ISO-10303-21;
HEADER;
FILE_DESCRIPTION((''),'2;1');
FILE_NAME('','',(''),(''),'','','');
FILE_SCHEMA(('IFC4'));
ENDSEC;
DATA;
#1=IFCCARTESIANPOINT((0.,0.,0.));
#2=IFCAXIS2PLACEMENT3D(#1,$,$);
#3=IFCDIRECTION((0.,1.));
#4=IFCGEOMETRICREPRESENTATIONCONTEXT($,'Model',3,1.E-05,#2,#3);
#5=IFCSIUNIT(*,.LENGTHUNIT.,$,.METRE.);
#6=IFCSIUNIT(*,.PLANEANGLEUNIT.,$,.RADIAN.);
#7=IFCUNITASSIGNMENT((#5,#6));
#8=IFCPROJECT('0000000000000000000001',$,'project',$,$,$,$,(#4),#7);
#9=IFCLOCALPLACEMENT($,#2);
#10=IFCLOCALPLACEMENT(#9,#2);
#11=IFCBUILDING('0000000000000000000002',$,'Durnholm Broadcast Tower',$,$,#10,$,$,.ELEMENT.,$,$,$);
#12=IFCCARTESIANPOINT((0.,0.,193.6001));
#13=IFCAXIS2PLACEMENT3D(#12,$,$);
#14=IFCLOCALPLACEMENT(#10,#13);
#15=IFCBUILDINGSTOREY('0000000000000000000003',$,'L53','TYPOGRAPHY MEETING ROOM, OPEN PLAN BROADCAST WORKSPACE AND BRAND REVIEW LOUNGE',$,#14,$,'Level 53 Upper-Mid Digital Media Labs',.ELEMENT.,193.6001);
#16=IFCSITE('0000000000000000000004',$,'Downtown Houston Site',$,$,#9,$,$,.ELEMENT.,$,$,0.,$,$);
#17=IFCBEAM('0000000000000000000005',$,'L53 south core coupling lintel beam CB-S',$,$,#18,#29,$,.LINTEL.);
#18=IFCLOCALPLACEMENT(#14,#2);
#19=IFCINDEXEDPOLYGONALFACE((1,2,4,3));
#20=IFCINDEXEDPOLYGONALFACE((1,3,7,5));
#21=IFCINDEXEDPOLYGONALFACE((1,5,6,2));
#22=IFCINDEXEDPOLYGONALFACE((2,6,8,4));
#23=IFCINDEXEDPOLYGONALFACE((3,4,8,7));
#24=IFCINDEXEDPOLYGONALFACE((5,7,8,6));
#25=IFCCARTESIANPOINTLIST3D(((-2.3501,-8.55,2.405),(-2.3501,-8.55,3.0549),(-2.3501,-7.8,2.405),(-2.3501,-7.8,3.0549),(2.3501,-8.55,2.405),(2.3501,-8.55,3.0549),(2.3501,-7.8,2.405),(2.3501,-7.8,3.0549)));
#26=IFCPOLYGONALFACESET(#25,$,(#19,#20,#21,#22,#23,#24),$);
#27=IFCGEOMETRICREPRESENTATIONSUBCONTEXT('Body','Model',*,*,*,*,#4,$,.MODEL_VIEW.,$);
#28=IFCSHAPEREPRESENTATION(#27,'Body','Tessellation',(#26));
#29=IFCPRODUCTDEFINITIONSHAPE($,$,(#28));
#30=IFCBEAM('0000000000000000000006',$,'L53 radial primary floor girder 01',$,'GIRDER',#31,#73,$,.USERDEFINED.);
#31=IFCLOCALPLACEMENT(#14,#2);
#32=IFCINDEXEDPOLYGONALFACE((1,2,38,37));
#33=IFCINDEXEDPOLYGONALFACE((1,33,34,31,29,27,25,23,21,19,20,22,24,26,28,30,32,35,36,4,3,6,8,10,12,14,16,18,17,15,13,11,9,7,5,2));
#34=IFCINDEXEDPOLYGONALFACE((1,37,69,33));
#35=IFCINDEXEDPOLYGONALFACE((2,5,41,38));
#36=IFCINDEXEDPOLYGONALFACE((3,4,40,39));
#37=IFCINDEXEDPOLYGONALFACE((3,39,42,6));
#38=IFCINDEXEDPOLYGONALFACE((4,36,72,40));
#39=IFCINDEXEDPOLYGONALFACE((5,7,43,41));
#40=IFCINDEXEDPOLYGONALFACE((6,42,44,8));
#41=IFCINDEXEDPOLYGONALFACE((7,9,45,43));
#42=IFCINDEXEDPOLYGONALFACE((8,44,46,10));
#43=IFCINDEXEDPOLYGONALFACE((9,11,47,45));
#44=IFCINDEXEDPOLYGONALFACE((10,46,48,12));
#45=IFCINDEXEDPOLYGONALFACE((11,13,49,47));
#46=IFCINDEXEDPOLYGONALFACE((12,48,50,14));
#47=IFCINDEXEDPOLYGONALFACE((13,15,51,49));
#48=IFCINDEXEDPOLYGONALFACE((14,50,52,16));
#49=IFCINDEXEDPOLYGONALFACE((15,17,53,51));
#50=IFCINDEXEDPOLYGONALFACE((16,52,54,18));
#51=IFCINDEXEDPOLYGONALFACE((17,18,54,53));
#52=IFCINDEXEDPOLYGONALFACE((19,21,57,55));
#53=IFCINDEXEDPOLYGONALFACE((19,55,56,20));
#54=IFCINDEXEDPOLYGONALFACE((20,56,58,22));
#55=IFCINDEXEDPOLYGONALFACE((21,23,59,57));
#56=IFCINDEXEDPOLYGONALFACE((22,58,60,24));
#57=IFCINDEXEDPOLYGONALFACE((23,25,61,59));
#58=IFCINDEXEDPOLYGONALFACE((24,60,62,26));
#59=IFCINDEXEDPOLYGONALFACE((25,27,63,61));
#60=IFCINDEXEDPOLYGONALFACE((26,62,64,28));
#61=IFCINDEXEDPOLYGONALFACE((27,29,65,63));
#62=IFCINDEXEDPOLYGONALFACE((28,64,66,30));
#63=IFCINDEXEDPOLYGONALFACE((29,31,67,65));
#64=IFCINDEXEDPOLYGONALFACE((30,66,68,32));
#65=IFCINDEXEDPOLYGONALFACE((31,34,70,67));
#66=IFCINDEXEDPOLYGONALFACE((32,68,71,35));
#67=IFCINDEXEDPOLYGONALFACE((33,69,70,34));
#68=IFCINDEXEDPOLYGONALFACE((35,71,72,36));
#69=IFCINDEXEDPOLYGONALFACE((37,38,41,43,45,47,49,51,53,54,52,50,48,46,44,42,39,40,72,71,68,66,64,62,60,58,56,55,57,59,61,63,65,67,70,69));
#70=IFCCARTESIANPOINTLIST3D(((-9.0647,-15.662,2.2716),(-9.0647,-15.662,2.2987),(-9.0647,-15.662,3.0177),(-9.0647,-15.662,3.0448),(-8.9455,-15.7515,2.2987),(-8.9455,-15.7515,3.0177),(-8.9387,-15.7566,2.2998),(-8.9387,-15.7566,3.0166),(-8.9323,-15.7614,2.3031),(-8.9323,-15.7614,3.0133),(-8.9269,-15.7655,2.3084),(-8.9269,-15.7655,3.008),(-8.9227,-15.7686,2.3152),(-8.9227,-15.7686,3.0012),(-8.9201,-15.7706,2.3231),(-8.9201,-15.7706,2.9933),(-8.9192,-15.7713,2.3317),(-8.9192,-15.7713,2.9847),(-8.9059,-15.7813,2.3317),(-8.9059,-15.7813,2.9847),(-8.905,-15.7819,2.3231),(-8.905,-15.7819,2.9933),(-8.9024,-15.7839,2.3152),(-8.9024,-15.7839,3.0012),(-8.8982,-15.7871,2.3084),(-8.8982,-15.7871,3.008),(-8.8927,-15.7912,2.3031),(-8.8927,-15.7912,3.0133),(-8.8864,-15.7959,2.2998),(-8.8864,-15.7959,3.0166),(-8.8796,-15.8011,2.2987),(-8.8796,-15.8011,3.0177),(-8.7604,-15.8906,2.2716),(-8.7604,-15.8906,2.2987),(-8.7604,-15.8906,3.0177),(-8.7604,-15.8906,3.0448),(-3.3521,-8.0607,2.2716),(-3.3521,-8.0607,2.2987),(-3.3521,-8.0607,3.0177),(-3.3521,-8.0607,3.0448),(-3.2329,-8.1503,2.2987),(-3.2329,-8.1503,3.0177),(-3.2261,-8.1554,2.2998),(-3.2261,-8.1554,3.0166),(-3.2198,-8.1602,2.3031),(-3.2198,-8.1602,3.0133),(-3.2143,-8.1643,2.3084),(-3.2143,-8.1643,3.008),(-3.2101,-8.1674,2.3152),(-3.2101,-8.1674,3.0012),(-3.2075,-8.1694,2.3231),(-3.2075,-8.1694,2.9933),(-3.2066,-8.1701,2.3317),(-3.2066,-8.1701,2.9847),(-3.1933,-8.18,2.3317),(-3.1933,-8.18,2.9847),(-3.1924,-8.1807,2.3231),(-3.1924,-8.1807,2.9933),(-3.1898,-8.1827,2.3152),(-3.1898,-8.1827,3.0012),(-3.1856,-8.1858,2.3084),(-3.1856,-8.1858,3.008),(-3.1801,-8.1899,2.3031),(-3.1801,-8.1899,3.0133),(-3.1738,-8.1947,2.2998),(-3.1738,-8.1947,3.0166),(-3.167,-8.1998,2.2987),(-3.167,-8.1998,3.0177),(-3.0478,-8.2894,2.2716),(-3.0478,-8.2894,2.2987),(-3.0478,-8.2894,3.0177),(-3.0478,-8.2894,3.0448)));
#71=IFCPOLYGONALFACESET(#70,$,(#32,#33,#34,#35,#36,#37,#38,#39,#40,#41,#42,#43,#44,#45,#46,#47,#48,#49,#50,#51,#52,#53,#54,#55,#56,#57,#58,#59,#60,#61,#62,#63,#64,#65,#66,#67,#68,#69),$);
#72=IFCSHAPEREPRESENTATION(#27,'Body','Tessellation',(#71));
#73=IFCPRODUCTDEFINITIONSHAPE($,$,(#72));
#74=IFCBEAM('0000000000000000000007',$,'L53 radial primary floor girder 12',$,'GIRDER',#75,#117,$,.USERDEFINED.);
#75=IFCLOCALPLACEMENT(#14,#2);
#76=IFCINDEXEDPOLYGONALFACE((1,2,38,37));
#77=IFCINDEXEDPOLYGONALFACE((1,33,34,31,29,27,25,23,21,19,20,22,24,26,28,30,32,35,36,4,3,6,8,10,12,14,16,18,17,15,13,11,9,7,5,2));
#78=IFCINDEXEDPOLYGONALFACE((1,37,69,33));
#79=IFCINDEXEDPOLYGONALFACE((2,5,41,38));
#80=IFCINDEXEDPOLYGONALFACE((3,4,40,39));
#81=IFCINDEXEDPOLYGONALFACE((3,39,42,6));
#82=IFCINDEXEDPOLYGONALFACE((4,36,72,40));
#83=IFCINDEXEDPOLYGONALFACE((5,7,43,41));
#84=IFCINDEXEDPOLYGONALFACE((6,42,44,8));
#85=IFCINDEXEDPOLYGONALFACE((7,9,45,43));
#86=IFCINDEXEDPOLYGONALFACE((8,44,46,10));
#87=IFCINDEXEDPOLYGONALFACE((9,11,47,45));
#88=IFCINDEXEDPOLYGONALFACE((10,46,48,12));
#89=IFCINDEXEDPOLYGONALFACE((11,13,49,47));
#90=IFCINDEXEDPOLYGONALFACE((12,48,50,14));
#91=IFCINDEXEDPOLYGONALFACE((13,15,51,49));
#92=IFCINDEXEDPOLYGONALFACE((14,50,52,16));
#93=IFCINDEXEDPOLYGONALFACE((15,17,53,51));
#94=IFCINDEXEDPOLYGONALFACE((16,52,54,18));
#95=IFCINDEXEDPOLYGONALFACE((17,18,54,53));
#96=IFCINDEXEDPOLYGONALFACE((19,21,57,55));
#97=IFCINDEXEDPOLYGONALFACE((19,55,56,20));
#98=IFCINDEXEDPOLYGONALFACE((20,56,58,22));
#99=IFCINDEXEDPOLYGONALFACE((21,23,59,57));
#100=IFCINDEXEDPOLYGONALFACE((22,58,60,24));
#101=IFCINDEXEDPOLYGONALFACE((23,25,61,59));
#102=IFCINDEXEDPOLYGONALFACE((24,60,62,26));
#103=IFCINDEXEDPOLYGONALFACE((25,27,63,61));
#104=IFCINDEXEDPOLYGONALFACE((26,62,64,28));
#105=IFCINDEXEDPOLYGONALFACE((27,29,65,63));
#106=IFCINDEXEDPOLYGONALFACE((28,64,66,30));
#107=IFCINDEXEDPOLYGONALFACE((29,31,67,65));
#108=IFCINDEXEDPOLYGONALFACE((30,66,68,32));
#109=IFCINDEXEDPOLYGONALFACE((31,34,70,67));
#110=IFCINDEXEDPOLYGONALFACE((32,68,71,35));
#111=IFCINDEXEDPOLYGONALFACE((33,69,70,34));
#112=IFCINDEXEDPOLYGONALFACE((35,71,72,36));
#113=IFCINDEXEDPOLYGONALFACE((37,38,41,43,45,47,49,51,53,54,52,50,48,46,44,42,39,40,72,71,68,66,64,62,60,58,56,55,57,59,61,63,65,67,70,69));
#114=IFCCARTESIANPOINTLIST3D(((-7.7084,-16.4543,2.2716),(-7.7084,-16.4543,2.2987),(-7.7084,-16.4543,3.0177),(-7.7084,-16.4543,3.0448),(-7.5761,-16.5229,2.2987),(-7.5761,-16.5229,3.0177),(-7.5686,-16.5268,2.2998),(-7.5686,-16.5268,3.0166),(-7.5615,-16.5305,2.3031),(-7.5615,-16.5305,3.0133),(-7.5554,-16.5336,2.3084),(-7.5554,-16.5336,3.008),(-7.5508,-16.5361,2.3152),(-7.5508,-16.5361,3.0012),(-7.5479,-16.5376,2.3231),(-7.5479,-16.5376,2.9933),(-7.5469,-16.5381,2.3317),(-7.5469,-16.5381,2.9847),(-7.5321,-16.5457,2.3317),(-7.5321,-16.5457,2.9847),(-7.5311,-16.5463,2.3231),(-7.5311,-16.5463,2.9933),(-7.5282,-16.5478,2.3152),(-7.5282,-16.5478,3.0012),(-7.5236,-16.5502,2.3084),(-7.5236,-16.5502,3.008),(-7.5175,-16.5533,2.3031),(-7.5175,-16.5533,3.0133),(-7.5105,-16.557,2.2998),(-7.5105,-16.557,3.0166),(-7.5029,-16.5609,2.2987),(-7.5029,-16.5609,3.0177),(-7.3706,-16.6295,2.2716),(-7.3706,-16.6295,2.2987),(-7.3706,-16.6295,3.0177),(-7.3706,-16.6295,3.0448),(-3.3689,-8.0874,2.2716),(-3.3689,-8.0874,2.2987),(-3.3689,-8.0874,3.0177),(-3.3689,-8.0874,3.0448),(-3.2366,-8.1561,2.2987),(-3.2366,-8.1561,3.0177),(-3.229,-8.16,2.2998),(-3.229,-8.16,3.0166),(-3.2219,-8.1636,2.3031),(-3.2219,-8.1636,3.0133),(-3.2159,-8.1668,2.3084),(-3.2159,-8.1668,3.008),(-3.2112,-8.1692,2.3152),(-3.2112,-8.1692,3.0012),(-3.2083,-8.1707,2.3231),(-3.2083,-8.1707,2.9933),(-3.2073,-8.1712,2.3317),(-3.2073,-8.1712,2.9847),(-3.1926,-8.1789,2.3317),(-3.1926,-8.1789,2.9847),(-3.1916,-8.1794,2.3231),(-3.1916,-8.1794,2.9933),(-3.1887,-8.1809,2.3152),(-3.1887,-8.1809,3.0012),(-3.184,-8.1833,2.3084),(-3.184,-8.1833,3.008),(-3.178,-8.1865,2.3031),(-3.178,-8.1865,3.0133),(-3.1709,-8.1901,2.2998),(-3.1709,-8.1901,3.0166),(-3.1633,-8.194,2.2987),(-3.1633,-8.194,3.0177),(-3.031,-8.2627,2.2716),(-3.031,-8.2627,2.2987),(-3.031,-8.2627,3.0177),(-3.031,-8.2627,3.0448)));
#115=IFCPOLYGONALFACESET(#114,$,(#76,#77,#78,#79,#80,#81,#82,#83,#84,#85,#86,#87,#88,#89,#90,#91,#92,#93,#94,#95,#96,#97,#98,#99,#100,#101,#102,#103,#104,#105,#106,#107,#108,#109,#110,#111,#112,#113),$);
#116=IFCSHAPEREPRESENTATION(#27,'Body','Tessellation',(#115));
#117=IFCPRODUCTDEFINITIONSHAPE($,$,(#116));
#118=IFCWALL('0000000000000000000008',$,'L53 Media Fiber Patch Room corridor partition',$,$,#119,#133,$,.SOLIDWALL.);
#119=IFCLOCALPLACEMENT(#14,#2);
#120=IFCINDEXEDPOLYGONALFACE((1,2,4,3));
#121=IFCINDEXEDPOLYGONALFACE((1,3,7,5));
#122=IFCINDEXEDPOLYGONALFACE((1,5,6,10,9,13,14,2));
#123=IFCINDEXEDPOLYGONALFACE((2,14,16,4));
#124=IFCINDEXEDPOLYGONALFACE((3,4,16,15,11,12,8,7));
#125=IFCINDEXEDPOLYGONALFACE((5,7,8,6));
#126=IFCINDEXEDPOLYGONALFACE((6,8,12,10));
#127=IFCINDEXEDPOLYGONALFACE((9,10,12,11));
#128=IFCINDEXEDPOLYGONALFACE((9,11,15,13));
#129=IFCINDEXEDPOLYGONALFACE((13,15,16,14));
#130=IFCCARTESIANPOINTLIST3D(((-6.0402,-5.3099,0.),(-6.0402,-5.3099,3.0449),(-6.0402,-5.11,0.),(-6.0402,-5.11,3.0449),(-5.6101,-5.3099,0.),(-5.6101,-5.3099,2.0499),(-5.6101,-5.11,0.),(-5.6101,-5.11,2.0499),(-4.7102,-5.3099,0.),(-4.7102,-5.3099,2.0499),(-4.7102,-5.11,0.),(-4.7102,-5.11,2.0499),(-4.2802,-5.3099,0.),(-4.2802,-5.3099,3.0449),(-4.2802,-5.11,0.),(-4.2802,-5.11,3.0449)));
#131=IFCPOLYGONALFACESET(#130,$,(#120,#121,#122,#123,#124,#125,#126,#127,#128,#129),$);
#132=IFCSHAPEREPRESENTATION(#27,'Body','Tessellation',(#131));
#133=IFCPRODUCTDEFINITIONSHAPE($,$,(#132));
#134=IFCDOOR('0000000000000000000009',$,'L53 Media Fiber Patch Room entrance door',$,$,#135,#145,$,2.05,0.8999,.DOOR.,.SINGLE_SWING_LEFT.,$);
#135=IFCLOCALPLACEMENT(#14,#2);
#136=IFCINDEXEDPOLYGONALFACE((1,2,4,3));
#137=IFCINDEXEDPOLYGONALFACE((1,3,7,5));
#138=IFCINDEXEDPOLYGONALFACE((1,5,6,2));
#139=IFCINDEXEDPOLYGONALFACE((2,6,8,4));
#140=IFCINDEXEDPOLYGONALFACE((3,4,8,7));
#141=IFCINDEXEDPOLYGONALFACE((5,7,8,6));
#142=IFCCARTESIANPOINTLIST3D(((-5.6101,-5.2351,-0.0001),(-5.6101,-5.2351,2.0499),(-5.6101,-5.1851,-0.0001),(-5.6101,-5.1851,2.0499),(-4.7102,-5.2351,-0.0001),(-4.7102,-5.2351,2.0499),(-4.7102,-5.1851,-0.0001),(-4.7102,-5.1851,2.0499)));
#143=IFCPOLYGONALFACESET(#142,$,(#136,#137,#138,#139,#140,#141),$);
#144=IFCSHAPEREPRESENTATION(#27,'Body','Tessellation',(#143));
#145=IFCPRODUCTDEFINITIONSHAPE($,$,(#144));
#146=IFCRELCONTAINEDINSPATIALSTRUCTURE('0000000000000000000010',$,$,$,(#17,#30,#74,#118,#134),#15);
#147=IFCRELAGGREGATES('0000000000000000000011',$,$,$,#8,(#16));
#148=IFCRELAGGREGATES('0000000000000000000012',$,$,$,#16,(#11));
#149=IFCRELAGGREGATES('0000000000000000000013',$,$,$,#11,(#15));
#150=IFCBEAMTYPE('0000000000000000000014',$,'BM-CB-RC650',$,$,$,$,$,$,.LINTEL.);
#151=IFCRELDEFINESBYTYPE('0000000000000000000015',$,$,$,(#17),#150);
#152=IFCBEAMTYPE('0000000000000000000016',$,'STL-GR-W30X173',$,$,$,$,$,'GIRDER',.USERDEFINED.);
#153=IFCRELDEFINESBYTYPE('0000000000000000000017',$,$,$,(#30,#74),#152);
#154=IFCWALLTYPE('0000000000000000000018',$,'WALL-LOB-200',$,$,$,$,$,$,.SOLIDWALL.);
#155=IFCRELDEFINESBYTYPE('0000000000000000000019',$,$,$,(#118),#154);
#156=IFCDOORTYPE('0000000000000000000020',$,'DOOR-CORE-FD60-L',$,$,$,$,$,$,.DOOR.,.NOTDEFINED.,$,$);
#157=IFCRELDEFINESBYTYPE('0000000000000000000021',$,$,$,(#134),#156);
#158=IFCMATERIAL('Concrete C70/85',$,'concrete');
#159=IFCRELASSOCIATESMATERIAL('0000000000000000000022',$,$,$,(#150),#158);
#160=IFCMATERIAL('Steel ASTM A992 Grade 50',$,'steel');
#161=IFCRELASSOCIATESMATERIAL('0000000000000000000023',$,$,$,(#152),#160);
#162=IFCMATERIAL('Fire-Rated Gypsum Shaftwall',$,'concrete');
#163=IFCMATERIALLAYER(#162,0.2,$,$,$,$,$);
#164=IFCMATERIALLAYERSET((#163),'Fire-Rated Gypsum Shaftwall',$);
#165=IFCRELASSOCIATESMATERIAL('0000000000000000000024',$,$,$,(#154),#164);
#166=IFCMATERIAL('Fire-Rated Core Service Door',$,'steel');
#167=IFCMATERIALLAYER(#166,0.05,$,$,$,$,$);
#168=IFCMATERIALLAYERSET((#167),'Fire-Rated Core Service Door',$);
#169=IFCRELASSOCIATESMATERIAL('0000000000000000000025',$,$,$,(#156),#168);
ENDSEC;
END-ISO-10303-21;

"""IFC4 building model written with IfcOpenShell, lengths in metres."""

from ifc_helpers import new_model, si_unit, direction, frame, frame_2d, origin, origin_2d, place, context, subcontext, project, spatial, rectangle, i_section, extrude, source, transform, mapped, material, layer, layer_set, material_profile, profile_set, type_object, type_shapes, element, fill, save


model = new_model("IFC4")

# Units and contexts
model_context = context("Model", 3, precision=1e-05, world=origin(), true_north=direction((0.0, 1.0)))
body_context = subcontext(model_context, "Body", "Model", "MODEL_VIEW")
ifc_project = project(units=[si_unit("LENGTHUNIT", "METRE"), si_unit("PLANEANGLEUNIT", "RADIAN")], contexts=[model_context])

# Site, building, storey
site_placement = place(None, origin())
site = spatial("IfcSite", under=ifc_project, at=site_placement, Name="Downtown Houston Site", CompositionType="ELEMENT", RefElevation=0.0)
building_placement = place(site_placement, origin())
building = spatial("IfcBuilding", under=site, at=building_placement, Name="Durnholm Broadcast Tower", CompositionType="ELEMENT")
storey_placement = place(building_placement, frame((0.0, 0.0, 193.6001)))
storey = spatial("IfcBuildingStorey", under=building, at=storey_placement, Name="L53", Description="TYPOGRAPHY MEETING ROOM, OPEN PLAN BROADCAST WORKSPACE AND BRAND REVIEW LOUNGE", LongName="Level 53 Upper-Mid Digital Media Labs", CompositionType="ELEMENT", Elevation=193.6001)

# Beams
ifc_material_1 = material(Name="Concrete C70/85", Category="concrete")
ifc_material_profile_1 = material_profile(ifc_material_1, rectangle(XDim=0.75, YDim=0.6499, at=origin_2d()), Name="RC750X650")
ifc_profile_set_1 = profile_set([ifc_material_profile_1], Name="Concrete C70/85")
beam_type_1 = type_object("IfcBeamType", Name="BM-CB-RC650", PredefinedType="LINTEL", material=ifc_profile_set_1)
shared_shape_1 = source(origin(), body_context, "Body", "SweptSolid", [
    extrude(rectangle(XDim=0.75, YDim=0.6499, at=origin_2d()), origin(), (0.0, 0.0, 1.0), 4.7002),
])
type_shapes(beam_type_1, [shared_shape_1])
beam_1_placement = place(storey_placement, frame((-2.3501, -8.175, 2.73), z_axis=(1.0, 0.0, 0.0), x_axis=(0.0, 1.0, 0.0)))
element("IfcBeam", 1, at=beam_1_placement, inside=storey, type_object=beam_type_1, Name="L53 south core coupling lintel beam CB-S", PredefinedType="LINTEL", context=body_context, shape_type="MappedRepresentation", body=[
    mapped(shared_shape_1, transform((0.0, 0.0, 0.0), x_axis=(1.0, 0.0, 0.0), y_axis=(0.0, 1.0, 0.0), z_axis=(0.0, 0.0, 1.0), scale=1.0)),
])
ifc_material_2 = material(Name="Steel ASTM A992 Grade 50", Category="steel")
ifc_material_profile_2 = material_profile(ifc_material_2, i_section(OverallWidth=0.3806, OverallDepth=0.7732, WebThickness=0.0166, FlangeThickness=0.0271, FilletRadius=0.033, at=origin_2d()), Name="W30X173")
ifc_profile_set_2 = profile_set([ifc_material_profile_2], Name="Steel ASTM A992 Grade 50")
beam_type_2 = type_object("IfcBeamType", Name="STL-GR-W30X173", ElementType="GIRDER", PredefinedType="USERDEFINED", material=ifc_profile_set_2)
shared_shape_2 = source(origin(), body_context, "Body", "SweptSolid", [
    extrude(i_section(OverallWidth=0.3806, OverallDepth=0.7732, WebThickness=0.0166, FlangeThickness=0.0271, FilletRadius=0.033, at=origin_2d()), origin(), (0.0, 0.0, 1.0), 9.5085),
])
beam_2_placement = place(storey_placement, frame((-3.2, -8.175, 2.6582), z_axis=(-0.600784, -0.799411, 0.0), x_axis=(0.799411, -0.600784, 0.0)))
element("IfcBeam", 2, at=beam_2_placement, inside=storey, type_object=beam_type_2, Name="L53 radial primary floor girder 01", ObjectType="GIRDER", PredefinedType="USERDEFINED", context=body_context, shape_type="MappedRepresentation", body=[
    mapped(shared_shape_2, transform((0.0, 0.0, 0.0), x_axis=(1.0, 0.0, 0.0), y_axis=(0.0, 1.0, 0.0), z_axis=(0.0, 0.0, 1.0), scale=1.0)),
])
shared_shape_3 = source(origin(), body_context, "Body", "SweptSolid", [
    extrude(i_section(OverallWidth=0.3806, OverallDepth=0.7732, WebThickness=0.0166, FlangeThickness=0.0271, FilletRadius=0.033, at=origin_2d()), origin(), (0.0, 0.0, 1.0), 9.4253),
])
type_shapes(beam_type_2, [shared_shape_2, shared_shape_3])
beam_3_placement = place(storey_placement, frame((-3.2, -8.175, 2.6582), z_axis=(-0.460416, -0.887703, 0.0), x_axis=(0.887703, -0.460416, 0.0)))
element("IfcBeam", 3, at=beam_3_placement, inside=storey, type_object=beam_type_2, Name="L53 radial primary floor girder 12", ObjectType="GIRDER", PredefinedType="USERDEFINED", context=body_context, shape_type="MappedRepresentation", body=[
    mapped(shared_shape_3, transform((0.0, 0.0, 0.0), x_axis=(1.0, 0.0, 0.0), y_axis=(0.0, 1.0, 0.0), z_axis=(0.0, 0.0, 1.0), scale=1.0)),
])

# Wall, opening, door
ifc_material_3 = material(Name="Fire-Rated Gypsum Shaftwall", Category="concrete")
ifc_layer_1 = layer(ifc_material_3, 0.2)
ifc_layer_set_1 = layer_set([ifc_layer_1], Name="Fire-Rated Gypsum Shaftwall")
wall_type_1 = type_object("IfcWallType", Name="WALL-LOB-200", PredefinedType="SOLIDWALL", material=ifc_layer_set_1)
wall_1_placement = place(storey_placement, frame((-6.04, -5.21, 0.0), z_axis=(0.0, 0.0, 1.0), x_axis=(1.0, 0.0, 0.0)))
wall_1 = element("IfcWall", 4, at=wall_1_placement, inside=storey, type_object=wall_type_1, Name="L53 Media Fiber Patch Room corridor partition", PredefinedType="SOLIDWALL", context=body_context, shape_type="SweptSolid", body=[
    extrude(rectangle(XDim=1.76, YDim=0.2, at=frame_2d((0.8799, 0.0))), origin(), (0.0, 0.0, 1.0), 3.0449),
])
opening_1_placement = place(wall_1_placement, frame((0.4299, 0.0, 0.0)))
opening_1 = element("IfcOpeningElement", 5, at=opening_1_placement, cuts=wall_1, PredefinedType="OPENING", context=body_context, shape_type="SweptSolid", body=[
    extrude(rectangle(XDim=0.8999, YDim=2.05, at=frame_2d((0.45, 1.0249))), frame((0.0, 0.1099, 0.0), z_axis=(0.0, -1.0, 0.0), x_axis=(1.0, 0.0, 0.0)), (0.0, 0.0, 1.0), 0.22),
])
ifc_material_4 = material(Name="Fire-Rated Core Service Door", Category="steel")
ifc_layer_2 = layer(ifc_material_4, 0.05)
ifc_layer_set_2 = layer_set([ifc_layer_2], Name="Fire-Rated Core Service Door")
door_type_1 = type_object("IfcDoorType", Name="DOOR-CORE-FD60-L", OperationType="NOTDEFINED", PredefinedType="DOOR", material=ifc_layer_set_2)
shared_shape_4 = source(origin(), body_context, "Body", "SweptSolid", [
    extrude(rectangle(XDim=0.8999, YDim=2.05, at=frame_2d((0.45, 1.0249))), frame((0.0, 0.0249, 0.0), z_axis=(0.0, -1.0, 0.0), x_axis=(1.0, 0.0, 0.0)), (0.0, 0.0, 1.0), 0.05),
])
type_shapes(door_type_1, [shared_shape_4])
door_1_placement = place(opening_1_placement, origin())
door_1 = element("IfcDoor", 6, at=door_1_placement, inside=storey, type_object=door_type_1, Name="L53 Media Fiber Patch Room entrance door", OperationType="SINGLE_SWING_LEFT", OverallHeight=2.05, OverallWidth=0.8999, PredefinedType="DOOR", context=body_context, shape_type="MappedRepresentation", body=[
    mapped(shared_shape_4, transform((0.0, 0.0, 0.0), x_axis=(1.0, 0.0, 0.0), y_axis=(0.0, 1.0, 0.0), z_axis=(0.0, 0.0, 1.0), scale=1.0)),
])
fill(opening_1, door_1)

save(model, "model.ifc")
